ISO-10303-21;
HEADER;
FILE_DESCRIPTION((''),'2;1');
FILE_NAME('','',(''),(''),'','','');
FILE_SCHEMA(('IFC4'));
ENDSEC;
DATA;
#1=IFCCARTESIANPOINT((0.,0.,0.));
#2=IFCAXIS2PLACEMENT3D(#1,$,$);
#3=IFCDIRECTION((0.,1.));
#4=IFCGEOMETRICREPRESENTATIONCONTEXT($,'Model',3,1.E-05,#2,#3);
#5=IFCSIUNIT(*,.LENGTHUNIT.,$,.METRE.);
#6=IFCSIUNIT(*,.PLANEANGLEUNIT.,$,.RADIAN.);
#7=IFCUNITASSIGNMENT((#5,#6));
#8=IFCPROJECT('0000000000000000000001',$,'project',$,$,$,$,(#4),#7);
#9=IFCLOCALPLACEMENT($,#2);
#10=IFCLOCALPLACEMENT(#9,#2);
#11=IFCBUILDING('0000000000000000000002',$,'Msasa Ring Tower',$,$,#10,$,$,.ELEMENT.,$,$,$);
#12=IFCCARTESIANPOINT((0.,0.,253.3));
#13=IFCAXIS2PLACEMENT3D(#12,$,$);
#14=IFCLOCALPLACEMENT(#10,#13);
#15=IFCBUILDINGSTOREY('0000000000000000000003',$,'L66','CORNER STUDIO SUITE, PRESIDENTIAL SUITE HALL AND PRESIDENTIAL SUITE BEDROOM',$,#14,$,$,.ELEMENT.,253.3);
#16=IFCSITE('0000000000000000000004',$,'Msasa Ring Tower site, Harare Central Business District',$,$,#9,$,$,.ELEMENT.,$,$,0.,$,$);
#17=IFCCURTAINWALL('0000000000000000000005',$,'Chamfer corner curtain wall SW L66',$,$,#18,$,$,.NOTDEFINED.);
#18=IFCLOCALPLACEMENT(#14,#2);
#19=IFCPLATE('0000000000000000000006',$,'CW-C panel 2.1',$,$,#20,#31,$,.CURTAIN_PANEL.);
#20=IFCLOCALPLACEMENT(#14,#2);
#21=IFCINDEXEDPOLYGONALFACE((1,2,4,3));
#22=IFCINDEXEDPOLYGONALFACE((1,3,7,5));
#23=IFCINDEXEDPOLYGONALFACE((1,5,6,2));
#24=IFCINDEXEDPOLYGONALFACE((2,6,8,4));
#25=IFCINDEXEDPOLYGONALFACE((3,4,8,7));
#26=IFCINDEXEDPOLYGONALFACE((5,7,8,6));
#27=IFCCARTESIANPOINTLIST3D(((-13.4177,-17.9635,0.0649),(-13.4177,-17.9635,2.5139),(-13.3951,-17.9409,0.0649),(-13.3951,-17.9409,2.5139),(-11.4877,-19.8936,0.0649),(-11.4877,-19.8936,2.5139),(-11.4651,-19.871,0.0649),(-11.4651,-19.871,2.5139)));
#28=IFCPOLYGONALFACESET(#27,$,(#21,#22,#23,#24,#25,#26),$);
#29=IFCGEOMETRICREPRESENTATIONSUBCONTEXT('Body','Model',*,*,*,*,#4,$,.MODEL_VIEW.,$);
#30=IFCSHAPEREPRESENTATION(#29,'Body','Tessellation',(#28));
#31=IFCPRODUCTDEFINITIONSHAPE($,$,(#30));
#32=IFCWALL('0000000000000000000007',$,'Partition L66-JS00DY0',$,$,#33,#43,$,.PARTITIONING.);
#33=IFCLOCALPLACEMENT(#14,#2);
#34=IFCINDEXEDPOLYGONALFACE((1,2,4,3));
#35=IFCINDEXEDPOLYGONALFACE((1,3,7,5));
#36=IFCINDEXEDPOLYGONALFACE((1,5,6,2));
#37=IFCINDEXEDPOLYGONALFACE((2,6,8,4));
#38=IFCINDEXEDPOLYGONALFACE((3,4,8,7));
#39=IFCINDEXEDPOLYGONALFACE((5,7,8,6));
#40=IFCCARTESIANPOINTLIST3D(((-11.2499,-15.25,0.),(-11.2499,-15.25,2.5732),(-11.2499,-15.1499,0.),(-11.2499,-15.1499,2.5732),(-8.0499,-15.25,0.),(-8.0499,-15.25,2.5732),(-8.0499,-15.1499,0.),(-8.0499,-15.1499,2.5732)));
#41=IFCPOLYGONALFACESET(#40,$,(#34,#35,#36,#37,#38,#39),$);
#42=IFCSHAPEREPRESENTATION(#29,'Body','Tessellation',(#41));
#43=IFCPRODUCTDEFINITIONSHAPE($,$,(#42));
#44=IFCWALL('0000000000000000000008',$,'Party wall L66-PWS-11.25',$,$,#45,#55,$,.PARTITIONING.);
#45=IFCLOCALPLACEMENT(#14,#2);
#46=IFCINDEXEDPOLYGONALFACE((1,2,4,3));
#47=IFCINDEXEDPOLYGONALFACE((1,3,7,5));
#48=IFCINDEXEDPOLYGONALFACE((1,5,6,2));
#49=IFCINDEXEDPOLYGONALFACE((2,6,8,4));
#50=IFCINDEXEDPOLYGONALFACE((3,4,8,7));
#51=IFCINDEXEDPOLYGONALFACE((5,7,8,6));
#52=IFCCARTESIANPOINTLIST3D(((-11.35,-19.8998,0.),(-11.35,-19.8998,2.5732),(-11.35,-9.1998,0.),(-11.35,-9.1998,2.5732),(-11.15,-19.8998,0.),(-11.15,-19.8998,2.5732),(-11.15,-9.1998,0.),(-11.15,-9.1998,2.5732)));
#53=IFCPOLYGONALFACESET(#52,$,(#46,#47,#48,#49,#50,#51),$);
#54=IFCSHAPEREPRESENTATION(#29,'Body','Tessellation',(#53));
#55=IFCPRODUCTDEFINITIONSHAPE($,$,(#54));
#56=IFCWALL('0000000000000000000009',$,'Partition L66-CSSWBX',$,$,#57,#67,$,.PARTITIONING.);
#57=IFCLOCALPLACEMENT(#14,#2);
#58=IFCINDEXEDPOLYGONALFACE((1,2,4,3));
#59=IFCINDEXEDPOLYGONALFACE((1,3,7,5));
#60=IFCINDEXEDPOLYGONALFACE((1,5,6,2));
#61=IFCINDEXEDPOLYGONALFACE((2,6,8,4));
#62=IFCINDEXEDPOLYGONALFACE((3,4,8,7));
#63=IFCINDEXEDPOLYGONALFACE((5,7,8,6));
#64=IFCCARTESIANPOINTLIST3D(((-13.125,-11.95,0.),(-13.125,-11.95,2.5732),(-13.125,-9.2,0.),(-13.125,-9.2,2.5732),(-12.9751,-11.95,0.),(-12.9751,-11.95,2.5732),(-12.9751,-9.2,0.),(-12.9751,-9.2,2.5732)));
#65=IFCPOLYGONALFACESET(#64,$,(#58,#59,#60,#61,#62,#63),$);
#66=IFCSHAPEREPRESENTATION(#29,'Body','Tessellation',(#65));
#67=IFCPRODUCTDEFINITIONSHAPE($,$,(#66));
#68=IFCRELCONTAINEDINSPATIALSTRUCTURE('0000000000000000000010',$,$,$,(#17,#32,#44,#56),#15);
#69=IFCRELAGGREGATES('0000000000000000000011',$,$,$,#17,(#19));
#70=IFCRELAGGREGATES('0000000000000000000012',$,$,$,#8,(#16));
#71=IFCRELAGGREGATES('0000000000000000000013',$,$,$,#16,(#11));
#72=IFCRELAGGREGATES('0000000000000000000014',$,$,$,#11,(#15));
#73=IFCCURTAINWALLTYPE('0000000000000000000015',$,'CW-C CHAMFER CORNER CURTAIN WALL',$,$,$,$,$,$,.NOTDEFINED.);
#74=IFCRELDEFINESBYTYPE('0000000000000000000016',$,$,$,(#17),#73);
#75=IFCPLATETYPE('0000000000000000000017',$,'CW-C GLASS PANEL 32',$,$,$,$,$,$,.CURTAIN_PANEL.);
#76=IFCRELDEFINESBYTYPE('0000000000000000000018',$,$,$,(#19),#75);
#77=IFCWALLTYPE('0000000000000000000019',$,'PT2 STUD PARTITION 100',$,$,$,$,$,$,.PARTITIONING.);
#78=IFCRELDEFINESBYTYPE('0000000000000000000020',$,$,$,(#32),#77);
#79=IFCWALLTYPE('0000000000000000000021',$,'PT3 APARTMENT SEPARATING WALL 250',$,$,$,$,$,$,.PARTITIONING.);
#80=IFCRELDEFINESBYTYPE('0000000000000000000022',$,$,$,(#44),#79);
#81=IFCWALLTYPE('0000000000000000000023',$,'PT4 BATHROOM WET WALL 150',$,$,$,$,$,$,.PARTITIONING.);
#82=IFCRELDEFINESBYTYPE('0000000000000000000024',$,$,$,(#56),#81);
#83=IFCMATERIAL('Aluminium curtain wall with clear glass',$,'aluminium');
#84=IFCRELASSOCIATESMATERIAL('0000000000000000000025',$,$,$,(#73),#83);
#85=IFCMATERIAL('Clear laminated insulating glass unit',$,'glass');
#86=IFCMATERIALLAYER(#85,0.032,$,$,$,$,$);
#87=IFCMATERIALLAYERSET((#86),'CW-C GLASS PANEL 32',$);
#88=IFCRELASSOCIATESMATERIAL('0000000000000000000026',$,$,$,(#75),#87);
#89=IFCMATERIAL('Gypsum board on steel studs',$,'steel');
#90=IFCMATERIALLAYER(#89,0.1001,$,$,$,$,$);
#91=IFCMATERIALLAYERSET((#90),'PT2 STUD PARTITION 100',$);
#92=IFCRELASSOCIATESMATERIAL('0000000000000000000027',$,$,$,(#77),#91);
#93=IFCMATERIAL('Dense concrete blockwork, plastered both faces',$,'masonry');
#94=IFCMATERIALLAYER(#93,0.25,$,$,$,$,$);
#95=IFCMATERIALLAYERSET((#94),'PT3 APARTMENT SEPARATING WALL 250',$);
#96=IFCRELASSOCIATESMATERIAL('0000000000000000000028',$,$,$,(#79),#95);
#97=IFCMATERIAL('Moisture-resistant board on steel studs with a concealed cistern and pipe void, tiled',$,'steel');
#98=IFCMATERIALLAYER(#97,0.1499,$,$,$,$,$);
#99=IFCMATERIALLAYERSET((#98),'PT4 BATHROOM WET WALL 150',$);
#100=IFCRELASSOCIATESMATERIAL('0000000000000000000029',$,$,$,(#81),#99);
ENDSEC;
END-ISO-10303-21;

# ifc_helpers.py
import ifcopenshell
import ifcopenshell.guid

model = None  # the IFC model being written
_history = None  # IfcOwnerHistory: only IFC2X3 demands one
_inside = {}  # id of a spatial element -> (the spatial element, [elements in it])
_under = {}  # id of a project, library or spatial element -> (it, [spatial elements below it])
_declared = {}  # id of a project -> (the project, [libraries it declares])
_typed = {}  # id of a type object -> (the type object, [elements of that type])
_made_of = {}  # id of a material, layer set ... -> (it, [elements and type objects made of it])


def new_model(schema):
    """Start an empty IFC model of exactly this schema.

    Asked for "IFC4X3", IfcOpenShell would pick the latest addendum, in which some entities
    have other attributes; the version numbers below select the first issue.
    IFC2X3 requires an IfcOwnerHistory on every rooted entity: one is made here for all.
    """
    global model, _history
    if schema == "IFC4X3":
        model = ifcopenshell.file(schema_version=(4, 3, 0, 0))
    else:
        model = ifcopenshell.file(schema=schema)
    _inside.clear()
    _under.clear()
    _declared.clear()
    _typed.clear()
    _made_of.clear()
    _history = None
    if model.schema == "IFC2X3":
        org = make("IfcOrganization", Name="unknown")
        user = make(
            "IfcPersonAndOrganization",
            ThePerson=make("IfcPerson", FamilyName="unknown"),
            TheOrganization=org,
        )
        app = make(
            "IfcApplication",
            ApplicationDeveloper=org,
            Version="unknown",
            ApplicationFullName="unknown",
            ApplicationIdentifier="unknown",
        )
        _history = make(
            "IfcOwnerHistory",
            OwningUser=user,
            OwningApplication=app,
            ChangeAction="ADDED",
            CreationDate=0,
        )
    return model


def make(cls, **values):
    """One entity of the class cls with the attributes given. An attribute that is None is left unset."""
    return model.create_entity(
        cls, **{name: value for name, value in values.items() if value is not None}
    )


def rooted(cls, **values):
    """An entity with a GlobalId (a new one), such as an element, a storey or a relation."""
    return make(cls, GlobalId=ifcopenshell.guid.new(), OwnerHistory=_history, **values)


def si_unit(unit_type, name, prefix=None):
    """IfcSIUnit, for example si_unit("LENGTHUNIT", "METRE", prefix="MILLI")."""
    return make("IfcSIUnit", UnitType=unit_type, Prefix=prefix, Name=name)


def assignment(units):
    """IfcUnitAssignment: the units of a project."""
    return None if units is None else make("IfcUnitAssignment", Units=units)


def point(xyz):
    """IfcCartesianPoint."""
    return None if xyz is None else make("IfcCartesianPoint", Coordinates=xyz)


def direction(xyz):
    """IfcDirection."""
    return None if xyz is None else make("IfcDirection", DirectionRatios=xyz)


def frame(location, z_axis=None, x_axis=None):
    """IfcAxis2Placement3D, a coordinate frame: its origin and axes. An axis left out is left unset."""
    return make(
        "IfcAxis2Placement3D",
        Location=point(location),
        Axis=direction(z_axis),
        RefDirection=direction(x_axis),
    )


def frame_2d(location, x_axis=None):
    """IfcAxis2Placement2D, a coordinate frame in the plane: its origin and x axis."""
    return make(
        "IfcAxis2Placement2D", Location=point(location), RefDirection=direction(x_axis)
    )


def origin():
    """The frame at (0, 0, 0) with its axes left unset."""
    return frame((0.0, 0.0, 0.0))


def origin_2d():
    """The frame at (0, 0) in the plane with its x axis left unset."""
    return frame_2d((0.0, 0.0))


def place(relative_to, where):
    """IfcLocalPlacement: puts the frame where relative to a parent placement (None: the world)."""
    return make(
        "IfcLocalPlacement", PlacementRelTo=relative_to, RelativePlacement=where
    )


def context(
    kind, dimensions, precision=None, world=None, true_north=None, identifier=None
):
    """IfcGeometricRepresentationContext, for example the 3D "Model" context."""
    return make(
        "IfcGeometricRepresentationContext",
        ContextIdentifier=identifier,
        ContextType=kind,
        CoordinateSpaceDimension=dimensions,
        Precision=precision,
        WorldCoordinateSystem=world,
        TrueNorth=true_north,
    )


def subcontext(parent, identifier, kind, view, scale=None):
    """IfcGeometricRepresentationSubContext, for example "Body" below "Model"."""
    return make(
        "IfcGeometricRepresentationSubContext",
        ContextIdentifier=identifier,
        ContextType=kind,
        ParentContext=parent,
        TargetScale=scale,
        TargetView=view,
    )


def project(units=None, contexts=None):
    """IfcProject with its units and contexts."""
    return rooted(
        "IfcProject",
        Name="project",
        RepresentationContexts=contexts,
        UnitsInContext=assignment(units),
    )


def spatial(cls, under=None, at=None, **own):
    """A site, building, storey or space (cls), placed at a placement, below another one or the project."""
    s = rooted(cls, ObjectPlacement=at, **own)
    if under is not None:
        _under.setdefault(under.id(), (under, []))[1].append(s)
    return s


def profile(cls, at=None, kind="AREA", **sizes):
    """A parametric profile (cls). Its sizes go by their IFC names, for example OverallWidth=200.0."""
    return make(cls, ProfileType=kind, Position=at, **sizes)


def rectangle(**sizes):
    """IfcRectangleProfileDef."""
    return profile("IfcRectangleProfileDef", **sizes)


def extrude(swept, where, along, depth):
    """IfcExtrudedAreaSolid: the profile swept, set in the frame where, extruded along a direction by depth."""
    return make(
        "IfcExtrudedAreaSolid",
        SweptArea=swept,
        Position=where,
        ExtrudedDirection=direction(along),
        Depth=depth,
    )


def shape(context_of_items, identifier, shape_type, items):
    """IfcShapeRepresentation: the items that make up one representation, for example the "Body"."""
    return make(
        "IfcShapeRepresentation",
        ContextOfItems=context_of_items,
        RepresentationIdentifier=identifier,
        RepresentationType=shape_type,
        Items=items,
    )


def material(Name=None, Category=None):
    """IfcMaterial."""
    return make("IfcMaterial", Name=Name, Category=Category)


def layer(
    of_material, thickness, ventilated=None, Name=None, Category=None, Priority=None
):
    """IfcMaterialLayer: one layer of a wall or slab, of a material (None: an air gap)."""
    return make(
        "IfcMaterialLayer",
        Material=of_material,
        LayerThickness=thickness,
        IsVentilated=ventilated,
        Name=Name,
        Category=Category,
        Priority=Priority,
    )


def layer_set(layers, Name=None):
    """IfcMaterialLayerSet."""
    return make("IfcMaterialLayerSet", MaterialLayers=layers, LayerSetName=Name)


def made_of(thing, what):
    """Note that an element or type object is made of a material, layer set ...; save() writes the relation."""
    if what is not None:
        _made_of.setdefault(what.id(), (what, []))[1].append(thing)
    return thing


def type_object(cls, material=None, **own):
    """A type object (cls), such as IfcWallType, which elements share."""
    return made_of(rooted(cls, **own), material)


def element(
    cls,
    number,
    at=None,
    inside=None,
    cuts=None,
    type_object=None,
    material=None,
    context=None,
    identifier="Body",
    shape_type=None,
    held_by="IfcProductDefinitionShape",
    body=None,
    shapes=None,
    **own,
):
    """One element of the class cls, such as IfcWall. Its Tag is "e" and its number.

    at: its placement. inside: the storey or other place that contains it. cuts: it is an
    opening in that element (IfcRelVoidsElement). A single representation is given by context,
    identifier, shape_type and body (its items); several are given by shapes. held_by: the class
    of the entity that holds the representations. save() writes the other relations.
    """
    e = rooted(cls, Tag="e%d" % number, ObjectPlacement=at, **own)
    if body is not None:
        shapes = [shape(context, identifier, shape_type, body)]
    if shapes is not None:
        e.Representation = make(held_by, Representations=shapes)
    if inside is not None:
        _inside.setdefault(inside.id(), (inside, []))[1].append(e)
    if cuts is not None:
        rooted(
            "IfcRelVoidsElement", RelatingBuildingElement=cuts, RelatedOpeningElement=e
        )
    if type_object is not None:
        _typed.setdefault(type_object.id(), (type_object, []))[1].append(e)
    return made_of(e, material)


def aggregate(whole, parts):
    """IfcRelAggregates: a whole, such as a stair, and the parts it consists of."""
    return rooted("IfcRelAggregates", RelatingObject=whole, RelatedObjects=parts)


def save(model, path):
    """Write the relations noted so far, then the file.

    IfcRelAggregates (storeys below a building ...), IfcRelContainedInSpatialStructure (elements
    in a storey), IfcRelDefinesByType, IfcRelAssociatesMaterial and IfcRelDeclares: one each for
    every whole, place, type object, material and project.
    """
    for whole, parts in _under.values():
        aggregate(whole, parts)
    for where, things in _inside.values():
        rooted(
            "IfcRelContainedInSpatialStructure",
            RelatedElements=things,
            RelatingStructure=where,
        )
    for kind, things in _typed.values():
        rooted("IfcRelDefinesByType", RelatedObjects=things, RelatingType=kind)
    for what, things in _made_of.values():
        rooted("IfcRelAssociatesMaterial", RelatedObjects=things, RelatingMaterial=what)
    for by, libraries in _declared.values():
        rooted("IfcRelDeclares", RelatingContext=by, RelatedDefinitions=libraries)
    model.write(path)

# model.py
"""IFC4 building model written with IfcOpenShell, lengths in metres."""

from ifc_helpers import new_model, si_unit, direction, frame, frame_2d, origin, origin_2d, place, context, subcontext, project, spatial, rectangle, extrude, material, layer, layer_set, type_object, element, aggregate, save


model = new_model("IFC4")

# Units and contexts
model_context = context("Model", 3, precision=1e-05, world=origin(), true_north=direction((0.0, 1.0)))
body_context = subcontext(model_context, "Body", "Model", "MODEL_VIEW")
ifc_project = project(units=[si_unit("LENGTHUNIT", "METRE"), si_unit("PLANEANGLEUNIT", "RADIAN")], contexts=[model_context])

# Site, building, storey
site_placement = place(None, origin())
site = spatial("IfcSite", under=ifc_project, at=site_placement, Name="Msasa Ring Tower site, Harare Central Business District", CompositionType="ELEMENT", RefElevation=0.0)
building_placement = place(site_placement, origin())
building = spatial("IfcBuilding", under=site, at=building_placement, Name="Msasa Ring Tower", CompositionType="ELEMENT")
storey_placement = place(building_placement, frame((0.0, 0.0, 253.3)))
storey = spatial("IfcBuildingStorey", under=building, at=storey_placement, Name="L66", Description="CORNER STUDIO SUITE, PRESIDENTIAL SUITE HALL AND PRESIDENTIAL SUITE BEDROOM", CompositionType="ELEMENT", Elevation=253.3)

# Curtain wall
ifc_material_1 = material(Name="Aluminium curtain wall with clear glass", Category="aluminium")
curtain_wall_type = type_object("IfcCurtainWallType", Name="CW-C CHAMFER CORNER CURTAIN WALL", PredefinedType="NOTDEFINED", material=ifc_material_1)
curtain_wall_1_placement = place(storey_placement, origin())
curtain_wall_1 = element("IfcCurtainWall", 1, at=curtain_wall_1_placement, inside=storey, type_object=curtain_wall_type, Name="Chamfer corner curtain wall SW L66", PredefinedType="NOTDEFINED")

# Plate
ifc_material_2 = material(Name="Clear laminated insulating glass unit", Category="glass")
ifc_layer_1 = layer(ifc_material_2, 0.032)
ifc_layer_set_1 = layer_set([ifc_layer_1], Name="CW-C GLASS PANEL 32")
plate_type = type_object("IfcPlateType", Name="CW-C GLASS PANEL 32", PredefinedType="CURTAIN_PANEL", material=ifc_layer_set_1)
plate_1_placement = place(storey_placement, frame((-12.4414, -18.9172, 0.0649), z_axis=(0.0, 0.0, 1.0), x_axis=(0.707107, -0.707107, 0.0)))
plate_1 = element("IfcPlate", 2, at=plate_1_placement, type_object=plate_type, Name="CW-C panel 2.1", PredefinedType="CURTAIN_PANEL", context=body_context, shape_type="SweptSolid", body=[
    extrude(rectangle(XDim=2.7295, YDim=0.032, at=origin_2d()), origin(), (0.0, 0.0, 1.0), 2.449),
])
aggregate(curtain_wall_1, [plate_1])

# Walls
ifc_material_3 = material(Name="Gypsum board on steel studs", Category="steel")
ifc_layer_2 = layer(ifc_material_3, 0.1001)
ifc_layer_set_2 = layer_set([ifc_layer_2], Name="PT2 STUD PARTITION 100")
wall_type_1 = type_object("IfcWallType", Name="PT2 STUD PARTITION 100", PredefinedType="PARTITIONING", material=ifc_layer_set_2)
wall_1_placement = place(storey_placement, frame((-11.25, -15.2, 0.0), z_axis=(0.0, 0.0, 1.0), x_axis=(1.0, 0.0, 0.0)))
element("IfcWall", 3, at=wall_1_placement, inside=storey, type_object=wall_type_1, Name="Partition L66-JS00DY0", PredefinedType="PARTITIONING", context=body_context, shape_type="SweptSolid", body=[
    extrude(rectangle(XDim=3.2, YDim=0.1001, at=frame_2d((1.6001, 0.0))), origin(), (0.0, 0.0, 1.0), 2.5732),
])
ifc_material_4 = material(Name="Dense concrete blockwork, plastered both faces", Category="masonry")
ifc_layer_3 = layer(ifc_material_4, 0.25)
ifc_layer_set_3 = layer_set([ifc_layer_3], Name="PT3 APARTMENT SEPARATING WALL 250")
wall_type_2 = type_object("IfcWallType", Name="PT3 APARTMENT SEPARATING WALL 250", PredefinedType="PARTITIONING", material=ifc_layer_set_3)
wall_2_placement = place(storey_placement, frame((-11.25, -19.8999, 0.0), z_axis=(0.0, 0.0, 1.0), x_axis=(0.0, 1.0, 0.0)))
element("IfcWall", 4, at=wall_2_placement, inside=storey, type_object=wall_type_2, Name="Party wall L66-PWS-11.25", PredefinedType="PARTITIONING", context=body_context, shape_type="SweptSolid", body=[
    extrude(rectangle(XDim=10.7, YDim=0.2, at=frame_2d((5.3501, 0.0))), origin(), (0.0, 0.0, 1.0), 2.5732),
])
ifc_material_5 = material(Name="Moisture-resistant board on steel studs with a concealed cistern and pipe void, tiled", Category="steel")
ifc_layer_4 = layer(ifc_material_5, 0.1499)
ifc_layer_set_4 = layer_set([ifc_layer_4], Name="PT4 BATHROOM WET WALL 150")
wall_type_3 = type_object("IfcWallType", Name="PT4 BATHROOM WET WALL 150", PredefinedType="PARTITIONING", material=ifc_layer_set_4)
wall_3_placement = place(storey_placement, frame((-13.05, -11.95, 0.0), z_axis=(0.0, 0.0, 1.0), x_axis=(0.0, 1.0, 0.0)))
element("IfcWall", 5, at=wall_3_placement, inside=storey, type_object=wall_type_3, Name="Partition L66-CSSWBX", PredefinedType="PARTITIONING", context=body_context, shape_type="SweptSolid", body=[
    extrude(rectangle(XDim=2.75, YDim=0.1499, at=frame_2d((1.375, 0.0))), origin(), (0.0, 0.0, 1.0), 2.5732),
])

save(model, "model.ifc")
